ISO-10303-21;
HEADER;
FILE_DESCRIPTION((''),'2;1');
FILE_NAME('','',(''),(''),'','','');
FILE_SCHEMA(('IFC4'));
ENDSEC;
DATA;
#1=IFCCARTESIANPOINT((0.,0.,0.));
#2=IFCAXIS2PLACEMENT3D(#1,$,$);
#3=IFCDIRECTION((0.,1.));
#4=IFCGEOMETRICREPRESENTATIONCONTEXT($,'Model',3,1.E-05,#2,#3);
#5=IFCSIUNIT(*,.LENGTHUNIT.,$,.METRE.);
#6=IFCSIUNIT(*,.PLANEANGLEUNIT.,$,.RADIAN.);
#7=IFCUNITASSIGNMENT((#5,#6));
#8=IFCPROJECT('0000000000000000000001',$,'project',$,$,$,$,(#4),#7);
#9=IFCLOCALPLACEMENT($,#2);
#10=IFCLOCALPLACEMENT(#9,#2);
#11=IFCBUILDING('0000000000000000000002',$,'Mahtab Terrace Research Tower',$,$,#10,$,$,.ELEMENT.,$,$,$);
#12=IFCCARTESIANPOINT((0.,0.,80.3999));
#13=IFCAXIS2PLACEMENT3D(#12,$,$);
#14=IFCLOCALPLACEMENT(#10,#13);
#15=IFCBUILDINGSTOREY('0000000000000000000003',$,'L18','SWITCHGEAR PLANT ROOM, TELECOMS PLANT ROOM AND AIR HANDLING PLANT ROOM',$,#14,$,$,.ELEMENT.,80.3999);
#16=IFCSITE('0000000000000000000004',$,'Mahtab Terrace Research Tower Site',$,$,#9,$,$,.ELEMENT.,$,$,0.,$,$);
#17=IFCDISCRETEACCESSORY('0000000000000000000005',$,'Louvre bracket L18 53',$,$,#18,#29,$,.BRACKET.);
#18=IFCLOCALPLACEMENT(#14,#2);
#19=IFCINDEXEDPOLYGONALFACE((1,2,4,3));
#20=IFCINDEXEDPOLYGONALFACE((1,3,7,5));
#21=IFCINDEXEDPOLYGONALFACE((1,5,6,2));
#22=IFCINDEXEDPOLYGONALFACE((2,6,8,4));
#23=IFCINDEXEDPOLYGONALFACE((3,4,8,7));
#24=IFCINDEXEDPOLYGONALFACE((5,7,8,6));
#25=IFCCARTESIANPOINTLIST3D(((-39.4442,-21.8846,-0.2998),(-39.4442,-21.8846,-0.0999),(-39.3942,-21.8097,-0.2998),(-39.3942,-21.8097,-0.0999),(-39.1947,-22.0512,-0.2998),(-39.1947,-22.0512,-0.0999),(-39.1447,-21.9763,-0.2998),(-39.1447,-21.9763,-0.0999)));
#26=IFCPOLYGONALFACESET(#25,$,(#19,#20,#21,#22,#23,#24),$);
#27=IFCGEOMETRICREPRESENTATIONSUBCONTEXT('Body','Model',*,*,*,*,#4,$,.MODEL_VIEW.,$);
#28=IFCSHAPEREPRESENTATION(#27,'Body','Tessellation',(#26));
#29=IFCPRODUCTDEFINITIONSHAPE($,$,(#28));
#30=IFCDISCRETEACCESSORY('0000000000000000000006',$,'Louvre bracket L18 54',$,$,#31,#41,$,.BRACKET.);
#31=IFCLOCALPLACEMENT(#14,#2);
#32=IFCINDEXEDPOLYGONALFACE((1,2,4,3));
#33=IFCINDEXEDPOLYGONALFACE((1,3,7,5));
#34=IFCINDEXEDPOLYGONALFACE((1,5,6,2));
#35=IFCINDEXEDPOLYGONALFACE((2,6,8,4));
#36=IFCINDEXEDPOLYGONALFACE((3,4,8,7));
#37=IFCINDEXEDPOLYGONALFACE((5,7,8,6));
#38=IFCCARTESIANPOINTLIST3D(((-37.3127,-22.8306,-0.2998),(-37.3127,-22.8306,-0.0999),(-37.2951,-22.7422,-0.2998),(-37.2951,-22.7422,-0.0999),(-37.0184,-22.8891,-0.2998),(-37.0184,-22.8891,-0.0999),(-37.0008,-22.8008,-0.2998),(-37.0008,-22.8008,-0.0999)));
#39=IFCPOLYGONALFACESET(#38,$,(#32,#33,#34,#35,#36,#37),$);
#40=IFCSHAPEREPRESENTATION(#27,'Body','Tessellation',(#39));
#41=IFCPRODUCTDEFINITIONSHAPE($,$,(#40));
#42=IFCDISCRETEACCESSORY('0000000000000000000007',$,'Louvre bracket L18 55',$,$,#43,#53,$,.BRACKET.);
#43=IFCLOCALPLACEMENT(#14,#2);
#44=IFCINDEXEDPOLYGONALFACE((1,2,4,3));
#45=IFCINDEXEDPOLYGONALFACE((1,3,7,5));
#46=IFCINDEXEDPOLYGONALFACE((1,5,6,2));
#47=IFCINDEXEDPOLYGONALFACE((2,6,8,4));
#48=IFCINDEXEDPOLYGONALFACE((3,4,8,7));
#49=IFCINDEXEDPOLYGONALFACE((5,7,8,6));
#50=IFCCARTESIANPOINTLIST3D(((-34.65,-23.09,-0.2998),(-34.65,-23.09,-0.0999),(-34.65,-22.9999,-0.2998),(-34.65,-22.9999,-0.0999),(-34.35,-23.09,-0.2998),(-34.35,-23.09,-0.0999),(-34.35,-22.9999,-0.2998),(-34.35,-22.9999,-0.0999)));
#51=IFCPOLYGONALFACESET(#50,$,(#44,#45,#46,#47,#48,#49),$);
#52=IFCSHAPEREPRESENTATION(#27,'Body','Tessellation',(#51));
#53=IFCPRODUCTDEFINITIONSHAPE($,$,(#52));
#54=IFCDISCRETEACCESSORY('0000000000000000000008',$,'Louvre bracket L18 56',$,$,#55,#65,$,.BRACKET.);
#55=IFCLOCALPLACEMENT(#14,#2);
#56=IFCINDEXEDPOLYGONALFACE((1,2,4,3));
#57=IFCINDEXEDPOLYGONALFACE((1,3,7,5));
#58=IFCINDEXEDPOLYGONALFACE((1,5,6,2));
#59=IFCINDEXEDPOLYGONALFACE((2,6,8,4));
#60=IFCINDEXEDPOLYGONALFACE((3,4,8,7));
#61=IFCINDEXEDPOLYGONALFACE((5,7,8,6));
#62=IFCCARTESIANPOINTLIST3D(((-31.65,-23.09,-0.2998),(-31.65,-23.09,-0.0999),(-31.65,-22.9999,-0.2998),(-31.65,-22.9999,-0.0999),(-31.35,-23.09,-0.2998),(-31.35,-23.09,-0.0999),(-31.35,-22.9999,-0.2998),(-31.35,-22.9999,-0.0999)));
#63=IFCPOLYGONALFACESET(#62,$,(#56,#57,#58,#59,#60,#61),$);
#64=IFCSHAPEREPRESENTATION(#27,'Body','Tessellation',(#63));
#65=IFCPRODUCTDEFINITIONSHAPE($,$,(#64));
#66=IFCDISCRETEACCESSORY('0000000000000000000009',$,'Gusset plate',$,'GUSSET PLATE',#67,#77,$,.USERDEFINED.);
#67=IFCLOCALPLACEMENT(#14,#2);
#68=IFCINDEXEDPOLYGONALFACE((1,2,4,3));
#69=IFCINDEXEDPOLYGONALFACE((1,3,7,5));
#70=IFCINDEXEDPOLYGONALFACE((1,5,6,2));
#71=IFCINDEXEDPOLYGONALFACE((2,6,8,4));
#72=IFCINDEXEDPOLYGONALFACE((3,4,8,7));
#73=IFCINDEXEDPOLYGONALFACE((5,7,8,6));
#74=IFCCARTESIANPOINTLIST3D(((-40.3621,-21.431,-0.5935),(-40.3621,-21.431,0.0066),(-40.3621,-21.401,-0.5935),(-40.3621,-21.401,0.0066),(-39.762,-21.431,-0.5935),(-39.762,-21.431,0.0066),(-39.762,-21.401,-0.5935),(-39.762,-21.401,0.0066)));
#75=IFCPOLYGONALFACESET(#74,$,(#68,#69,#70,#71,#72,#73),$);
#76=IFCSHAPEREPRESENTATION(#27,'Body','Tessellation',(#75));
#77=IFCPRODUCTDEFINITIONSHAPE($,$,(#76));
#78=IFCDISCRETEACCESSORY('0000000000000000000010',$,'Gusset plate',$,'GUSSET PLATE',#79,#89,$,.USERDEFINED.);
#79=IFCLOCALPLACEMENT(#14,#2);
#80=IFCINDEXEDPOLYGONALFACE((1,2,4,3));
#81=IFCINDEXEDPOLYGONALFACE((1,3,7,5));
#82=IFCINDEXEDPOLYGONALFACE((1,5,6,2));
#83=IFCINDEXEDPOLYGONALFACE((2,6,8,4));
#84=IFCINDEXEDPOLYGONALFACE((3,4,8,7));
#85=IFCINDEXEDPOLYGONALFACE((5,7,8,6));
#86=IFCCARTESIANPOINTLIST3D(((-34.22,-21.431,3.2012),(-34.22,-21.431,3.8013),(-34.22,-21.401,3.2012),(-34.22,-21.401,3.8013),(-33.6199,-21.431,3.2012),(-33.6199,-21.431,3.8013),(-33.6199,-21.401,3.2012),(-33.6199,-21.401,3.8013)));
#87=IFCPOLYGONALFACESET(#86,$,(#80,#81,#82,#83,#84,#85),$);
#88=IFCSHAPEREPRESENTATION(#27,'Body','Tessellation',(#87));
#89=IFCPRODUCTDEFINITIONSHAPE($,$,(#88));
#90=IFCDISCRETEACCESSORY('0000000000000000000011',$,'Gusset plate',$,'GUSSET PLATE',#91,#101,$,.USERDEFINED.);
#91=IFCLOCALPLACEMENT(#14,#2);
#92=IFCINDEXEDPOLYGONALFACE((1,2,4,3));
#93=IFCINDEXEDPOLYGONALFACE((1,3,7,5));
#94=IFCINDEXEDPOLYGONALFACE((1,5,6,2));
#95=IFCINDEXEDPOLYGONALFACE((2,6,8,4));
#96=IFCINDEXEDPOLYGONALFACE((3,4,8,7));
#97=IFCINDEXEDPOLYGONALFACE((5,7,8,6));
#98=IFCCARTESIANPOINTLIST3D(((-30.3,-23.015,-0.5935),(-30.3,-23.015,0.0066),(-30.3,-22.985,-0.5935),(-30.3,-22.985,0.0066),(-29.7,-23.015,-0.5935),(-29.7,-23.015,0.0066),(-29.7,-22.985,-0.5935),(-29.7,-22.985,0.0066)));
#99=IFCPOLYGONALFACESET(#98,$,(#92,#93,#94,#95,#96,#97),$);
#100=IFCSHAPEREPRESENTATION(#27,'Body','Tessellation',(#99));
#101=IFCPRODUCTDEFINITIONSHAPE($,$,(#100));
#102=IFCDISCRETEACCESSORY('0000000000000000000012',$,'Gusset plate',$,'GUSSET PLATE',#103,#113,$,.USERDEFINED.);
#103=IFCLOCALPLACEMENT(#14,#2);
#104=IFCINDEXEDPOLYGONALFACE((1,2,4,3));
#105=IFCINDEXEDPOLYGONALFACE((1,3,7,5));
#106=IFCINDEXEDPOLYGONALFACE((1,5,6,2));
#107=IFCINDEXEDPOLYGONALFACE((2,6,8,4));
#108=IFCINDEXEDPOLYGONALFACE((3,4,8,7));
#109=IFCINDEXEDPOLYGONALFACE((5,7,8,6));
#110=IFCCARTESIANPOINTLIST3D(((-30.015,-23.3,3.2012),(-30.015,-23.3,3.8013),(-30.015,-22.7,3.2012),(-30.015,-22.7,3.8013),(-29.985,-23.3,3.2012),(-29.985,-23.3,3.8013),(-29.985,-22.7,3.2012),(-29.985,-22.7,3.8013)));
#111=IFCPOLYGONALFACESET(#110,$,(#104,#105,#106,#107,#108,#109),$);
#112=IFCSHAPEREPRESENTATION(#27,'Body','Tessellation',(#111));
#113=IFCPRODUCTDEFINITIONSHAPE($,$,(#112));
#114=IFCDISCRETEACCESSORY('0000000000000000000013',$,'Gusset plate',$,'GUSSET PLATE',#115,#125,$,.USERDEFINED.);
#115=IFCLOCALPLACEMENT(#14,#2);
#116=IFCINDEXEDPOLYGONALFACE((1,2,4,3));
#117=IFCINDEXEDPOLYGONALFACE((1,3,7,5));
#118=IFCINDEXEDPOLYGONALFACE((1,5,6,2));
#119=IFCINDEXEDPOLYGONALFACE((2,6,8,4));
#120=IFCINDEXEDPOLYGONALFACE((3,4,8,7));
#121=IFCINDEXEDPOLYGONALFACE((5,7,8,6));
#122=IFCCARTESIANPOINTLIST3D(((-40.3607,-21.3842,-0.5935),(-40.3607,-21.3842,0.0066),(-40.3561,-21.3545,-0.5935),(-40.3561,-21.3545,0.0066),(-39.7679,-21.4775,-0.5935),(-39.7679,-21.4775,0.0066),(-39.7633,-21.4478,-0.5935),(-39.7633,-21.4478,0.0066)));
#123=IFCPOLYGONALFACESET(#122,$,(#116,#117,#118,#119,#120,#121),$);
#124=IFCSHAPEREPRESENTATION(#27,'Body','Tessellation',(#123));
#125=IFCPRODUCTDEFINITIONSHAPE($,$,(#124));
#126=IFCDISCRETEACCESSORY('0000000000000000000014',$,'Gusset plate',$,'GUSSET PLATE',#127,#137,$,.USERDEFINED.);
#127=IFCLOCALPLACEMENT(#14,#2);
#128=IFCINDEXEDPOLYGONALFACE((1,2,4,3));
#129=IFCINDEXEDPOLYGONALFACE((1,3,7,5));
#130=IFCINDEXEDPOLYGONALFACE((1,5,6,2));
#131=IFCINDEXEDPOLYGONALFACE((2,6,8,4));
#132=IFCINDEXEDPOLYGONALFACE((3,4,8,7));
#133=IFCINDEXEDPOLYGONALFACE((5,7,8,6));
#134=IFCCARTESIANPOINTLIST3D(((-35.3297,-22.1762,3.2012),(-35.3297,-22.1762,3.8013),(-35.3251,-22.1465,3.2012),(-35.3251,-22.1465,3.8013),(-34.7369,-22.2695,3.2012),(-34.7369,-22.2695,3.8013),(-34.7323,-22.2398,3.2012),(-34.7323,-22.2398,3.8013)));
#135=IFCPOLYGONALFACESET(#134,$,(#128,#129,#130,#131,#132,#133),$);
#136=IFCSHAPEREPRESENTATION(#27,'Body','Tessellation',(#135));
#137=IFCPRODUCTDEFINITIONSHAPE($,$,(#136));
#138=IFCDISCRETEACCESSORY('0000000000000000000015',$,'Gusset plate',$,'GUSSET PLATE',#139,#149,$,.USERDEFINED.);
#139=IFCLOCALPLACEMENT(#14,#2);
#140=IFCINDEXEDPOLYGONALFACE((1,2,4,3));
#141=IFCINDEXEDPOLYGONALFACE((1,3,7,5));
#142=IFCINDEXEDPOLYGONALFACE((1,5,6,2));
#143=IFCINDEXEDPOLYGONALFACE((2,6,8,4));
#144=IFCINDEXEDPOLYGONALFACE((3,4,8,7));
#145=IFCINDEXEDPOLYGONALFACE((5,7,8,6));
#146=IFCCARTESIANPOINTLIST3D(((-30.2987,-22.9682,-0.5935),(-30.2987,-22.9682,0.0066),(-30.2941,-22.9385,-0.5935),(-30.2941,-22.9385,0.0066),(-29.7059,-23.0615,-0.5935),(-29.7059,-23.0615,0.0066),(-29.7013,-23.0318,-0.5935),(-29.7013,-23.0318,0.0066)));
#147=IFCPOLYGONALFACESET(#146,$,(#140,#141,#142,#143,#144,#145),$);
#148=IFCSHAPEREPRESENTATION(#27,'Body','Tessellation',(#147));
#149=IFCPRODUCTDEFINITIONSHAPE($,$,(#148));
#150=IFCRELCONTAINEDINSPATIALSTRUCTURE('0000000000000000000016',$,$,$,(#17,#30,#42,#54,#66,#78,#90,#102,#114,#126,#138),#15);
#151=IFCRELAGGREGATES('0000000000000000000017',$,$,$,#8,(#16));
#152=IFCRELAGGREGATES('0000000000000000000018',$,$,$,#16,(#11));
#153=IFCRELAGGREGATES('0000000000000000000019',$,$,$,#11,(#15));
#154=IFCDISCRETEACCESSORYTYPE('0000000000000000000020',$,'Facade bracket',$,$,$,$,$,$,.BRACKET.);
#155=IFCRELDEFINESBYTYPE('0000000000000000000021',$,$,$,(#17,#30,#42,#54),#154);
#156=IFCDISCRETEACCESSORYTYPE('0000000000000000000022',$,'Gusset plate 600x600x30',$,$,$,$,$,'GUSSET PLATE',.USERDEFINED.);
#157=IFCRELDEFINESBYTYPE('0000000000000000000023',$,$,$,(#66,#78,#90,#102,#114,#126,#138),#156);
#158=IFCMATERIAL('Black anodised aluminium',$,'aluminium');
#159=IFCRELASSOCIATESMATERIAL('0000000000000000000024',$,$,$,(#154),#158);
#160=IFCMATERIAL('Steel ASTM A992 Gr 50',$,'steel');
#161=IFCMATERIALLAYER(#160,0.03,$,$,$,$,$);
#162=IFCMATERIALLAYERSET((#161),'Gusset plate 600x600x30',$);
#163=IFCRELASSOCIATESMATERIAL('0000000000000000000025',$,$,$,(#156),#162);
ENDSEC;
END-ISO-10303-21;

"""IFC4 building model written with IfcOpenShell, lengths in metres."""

from ifc_helpers import new_model, si_unit, direction, frame, origin, origin_2d, place, context, subcontext, project, spatial, rectangle, extrude, material, layer, layer_set, type_object, element, save


model = new_model("IFC4")

# Units and contexts
model_context = context("Model", 3, precision=1e-05, world=origin(), true_north=direction((0.0, 1.0)))
body_context = subcontext(model_context, "Body", "Model", "MODEL_VIEW")
ifc_project = project(units=[si_unit("LENGTHUNIT", "METRE"), si_unit("PLANEANGLEUNIT", "RADIAN")], contexts=[model_context])

# Site, building, storey
site_placement = place(None, origin())
site = spatial("IfcSite", under=ifc_project, at=site_placement, Name="Mahtab Terrace Research Tower Site", CompositionType="ELEMENT", RefElevation=0.0)
building_placement = place(site_placement, origin())
building = spatial("IfcBuilding", under=site, at=building_placement, Name="Mahtab Terrace Research Tower", CompositionType="ELEMENT")
storey_placement = place(building_placement, frame((0.0, 0.0, 80.3999)))
storey = spatial("IfcBuildingStorey", under=building, at=storey_placement, Name="L18", Description="SWITCHGEAR PLANT ROOM, TELECOMS PLANT ROOM AND AIR HANDLING PLANT ROOM", CompositionType="ELEMENT", Elevation=80.3999)

# Shared definitions
ifc_material_1 = material(Name="Steel ASTM A992 Gr 50", Category="steel")

# Discrete accessories
ifc_material_2 = material(Name="Black anodised aluminium", Category="aluminium")
discrete_accessory_type_1 = type_object("IfcDiscreteAccessoryType", Name="Facade bracket", PredefinedType="BRACKET", material=ifc_material_2)
for number, where, z_axis, x_axis, name in (
    (1, (-39.2944, -21.9304, -0.2998), (0.0, 0.0, 1.0), (0.831656, -0.555291, 0.0), "Louvre bracket L18 53"),
    (2, (-37.1567, -22.8157, -0.2998), (0.0, 0.0, 1.0), (0.980761, -0.195212, 0.0), "Louvre bracket L18 54"),
    (3, (-34.5, -23.0449, -0.2998), (0.0, 0.0, 1.0), (1.0, 0.0, 0.0), "Louvre bracket L18 55"),
    (4, (-31.5, -23.0449, -0.2998), (0.0, 0.0, 1.0), (1.0, 0.0, 0.0), "Louvre bracket L18 56"),
):
    element("IfcDiscreteAccessory", number, at=place(storey_placement, frame(where, z_axis=z_axis, x_axis=x_axis)), inside=storey, type_object=discrete_accessory_type_1, Name=name, PredefinedType="BRACKET", context=body_context, shape_type="SweptSolid", body=[
        extrude(rectangle(XDim=0.3, YDim=0.0901, at=origin_2d()), origin(), (0.0, 0.0, 1.0), 0.2),
    ])
ifc_layer = layer(ifc_material_1, 0.03)
ifc_layer_set = layer_set([ifc_layer], Name="Gusset plate 600x600x30")
discrete_accessory_type_2 = type_object("IfcDiscreteAccessoryType", Name="Gusset plate 600x600x30", ElementType="GUSSET PLATE", PredefinedType="USERDEFINED", material=ifc_layer_set)
for number, where, z_axis, x_axis, name in (
    (5, (-40.062, -21.416, -0.5935), (0.0, 0.0, 1.0), (1.0, 0.0, 0.0), "Gusset plate"),
    (6, (-33.9199, -21.416, 3.2012), (0.0, 0.0, 1.0), (1.0, 0.0, 0.0), "Gusset plate"),
    (7, (-30.0, -23.0, -0.5935), (0.0, 0.0, 1.0), (1.0, 0.0, 0.0), "Gusset plate"),
    (8, (-30.0, -23.0, 3.2012), (0.0, 0.0, 1.0), (0.0, 1.0, 0.0), "Gusset plate"),
    (9, (-40.062, -21.416, -0.5935), (0.0, 0.0, 1.0), (-0.987835, 0.155504, 0.0), "Gusset plate"),
    (10, (-35.031, -22.208, 3.2012), (0.0, 0.0, 1.0), (-0.987835, 0.155504, 0.0), "Gusset plate"),
    (11, (-30.0, -23.0, -0.5935), (0.0, 0.0, 1.0), (-0.987835, 0.155504, 0.0), "Gusset plate"),
):
    element("IfcDiscreteAccessory", number, at=place(storey_placement, frame(where, z_axis=z_axis, x_axis=x_axis)), inside=storey, type_object=discrete_accessory_type_2, Name=name, ObjectType="GUSSET PLATE", PredefinedType="USERDEFINED", context=body_context, shape_type="SweptSolid", body=[
        extrude(rectangle(XDim=0.6001, YDim=0.03, at=origin_2d()), origin(), (0.0, 0.0, 1.0), 0.6001),
    ])

save(model, "model.ifc")
